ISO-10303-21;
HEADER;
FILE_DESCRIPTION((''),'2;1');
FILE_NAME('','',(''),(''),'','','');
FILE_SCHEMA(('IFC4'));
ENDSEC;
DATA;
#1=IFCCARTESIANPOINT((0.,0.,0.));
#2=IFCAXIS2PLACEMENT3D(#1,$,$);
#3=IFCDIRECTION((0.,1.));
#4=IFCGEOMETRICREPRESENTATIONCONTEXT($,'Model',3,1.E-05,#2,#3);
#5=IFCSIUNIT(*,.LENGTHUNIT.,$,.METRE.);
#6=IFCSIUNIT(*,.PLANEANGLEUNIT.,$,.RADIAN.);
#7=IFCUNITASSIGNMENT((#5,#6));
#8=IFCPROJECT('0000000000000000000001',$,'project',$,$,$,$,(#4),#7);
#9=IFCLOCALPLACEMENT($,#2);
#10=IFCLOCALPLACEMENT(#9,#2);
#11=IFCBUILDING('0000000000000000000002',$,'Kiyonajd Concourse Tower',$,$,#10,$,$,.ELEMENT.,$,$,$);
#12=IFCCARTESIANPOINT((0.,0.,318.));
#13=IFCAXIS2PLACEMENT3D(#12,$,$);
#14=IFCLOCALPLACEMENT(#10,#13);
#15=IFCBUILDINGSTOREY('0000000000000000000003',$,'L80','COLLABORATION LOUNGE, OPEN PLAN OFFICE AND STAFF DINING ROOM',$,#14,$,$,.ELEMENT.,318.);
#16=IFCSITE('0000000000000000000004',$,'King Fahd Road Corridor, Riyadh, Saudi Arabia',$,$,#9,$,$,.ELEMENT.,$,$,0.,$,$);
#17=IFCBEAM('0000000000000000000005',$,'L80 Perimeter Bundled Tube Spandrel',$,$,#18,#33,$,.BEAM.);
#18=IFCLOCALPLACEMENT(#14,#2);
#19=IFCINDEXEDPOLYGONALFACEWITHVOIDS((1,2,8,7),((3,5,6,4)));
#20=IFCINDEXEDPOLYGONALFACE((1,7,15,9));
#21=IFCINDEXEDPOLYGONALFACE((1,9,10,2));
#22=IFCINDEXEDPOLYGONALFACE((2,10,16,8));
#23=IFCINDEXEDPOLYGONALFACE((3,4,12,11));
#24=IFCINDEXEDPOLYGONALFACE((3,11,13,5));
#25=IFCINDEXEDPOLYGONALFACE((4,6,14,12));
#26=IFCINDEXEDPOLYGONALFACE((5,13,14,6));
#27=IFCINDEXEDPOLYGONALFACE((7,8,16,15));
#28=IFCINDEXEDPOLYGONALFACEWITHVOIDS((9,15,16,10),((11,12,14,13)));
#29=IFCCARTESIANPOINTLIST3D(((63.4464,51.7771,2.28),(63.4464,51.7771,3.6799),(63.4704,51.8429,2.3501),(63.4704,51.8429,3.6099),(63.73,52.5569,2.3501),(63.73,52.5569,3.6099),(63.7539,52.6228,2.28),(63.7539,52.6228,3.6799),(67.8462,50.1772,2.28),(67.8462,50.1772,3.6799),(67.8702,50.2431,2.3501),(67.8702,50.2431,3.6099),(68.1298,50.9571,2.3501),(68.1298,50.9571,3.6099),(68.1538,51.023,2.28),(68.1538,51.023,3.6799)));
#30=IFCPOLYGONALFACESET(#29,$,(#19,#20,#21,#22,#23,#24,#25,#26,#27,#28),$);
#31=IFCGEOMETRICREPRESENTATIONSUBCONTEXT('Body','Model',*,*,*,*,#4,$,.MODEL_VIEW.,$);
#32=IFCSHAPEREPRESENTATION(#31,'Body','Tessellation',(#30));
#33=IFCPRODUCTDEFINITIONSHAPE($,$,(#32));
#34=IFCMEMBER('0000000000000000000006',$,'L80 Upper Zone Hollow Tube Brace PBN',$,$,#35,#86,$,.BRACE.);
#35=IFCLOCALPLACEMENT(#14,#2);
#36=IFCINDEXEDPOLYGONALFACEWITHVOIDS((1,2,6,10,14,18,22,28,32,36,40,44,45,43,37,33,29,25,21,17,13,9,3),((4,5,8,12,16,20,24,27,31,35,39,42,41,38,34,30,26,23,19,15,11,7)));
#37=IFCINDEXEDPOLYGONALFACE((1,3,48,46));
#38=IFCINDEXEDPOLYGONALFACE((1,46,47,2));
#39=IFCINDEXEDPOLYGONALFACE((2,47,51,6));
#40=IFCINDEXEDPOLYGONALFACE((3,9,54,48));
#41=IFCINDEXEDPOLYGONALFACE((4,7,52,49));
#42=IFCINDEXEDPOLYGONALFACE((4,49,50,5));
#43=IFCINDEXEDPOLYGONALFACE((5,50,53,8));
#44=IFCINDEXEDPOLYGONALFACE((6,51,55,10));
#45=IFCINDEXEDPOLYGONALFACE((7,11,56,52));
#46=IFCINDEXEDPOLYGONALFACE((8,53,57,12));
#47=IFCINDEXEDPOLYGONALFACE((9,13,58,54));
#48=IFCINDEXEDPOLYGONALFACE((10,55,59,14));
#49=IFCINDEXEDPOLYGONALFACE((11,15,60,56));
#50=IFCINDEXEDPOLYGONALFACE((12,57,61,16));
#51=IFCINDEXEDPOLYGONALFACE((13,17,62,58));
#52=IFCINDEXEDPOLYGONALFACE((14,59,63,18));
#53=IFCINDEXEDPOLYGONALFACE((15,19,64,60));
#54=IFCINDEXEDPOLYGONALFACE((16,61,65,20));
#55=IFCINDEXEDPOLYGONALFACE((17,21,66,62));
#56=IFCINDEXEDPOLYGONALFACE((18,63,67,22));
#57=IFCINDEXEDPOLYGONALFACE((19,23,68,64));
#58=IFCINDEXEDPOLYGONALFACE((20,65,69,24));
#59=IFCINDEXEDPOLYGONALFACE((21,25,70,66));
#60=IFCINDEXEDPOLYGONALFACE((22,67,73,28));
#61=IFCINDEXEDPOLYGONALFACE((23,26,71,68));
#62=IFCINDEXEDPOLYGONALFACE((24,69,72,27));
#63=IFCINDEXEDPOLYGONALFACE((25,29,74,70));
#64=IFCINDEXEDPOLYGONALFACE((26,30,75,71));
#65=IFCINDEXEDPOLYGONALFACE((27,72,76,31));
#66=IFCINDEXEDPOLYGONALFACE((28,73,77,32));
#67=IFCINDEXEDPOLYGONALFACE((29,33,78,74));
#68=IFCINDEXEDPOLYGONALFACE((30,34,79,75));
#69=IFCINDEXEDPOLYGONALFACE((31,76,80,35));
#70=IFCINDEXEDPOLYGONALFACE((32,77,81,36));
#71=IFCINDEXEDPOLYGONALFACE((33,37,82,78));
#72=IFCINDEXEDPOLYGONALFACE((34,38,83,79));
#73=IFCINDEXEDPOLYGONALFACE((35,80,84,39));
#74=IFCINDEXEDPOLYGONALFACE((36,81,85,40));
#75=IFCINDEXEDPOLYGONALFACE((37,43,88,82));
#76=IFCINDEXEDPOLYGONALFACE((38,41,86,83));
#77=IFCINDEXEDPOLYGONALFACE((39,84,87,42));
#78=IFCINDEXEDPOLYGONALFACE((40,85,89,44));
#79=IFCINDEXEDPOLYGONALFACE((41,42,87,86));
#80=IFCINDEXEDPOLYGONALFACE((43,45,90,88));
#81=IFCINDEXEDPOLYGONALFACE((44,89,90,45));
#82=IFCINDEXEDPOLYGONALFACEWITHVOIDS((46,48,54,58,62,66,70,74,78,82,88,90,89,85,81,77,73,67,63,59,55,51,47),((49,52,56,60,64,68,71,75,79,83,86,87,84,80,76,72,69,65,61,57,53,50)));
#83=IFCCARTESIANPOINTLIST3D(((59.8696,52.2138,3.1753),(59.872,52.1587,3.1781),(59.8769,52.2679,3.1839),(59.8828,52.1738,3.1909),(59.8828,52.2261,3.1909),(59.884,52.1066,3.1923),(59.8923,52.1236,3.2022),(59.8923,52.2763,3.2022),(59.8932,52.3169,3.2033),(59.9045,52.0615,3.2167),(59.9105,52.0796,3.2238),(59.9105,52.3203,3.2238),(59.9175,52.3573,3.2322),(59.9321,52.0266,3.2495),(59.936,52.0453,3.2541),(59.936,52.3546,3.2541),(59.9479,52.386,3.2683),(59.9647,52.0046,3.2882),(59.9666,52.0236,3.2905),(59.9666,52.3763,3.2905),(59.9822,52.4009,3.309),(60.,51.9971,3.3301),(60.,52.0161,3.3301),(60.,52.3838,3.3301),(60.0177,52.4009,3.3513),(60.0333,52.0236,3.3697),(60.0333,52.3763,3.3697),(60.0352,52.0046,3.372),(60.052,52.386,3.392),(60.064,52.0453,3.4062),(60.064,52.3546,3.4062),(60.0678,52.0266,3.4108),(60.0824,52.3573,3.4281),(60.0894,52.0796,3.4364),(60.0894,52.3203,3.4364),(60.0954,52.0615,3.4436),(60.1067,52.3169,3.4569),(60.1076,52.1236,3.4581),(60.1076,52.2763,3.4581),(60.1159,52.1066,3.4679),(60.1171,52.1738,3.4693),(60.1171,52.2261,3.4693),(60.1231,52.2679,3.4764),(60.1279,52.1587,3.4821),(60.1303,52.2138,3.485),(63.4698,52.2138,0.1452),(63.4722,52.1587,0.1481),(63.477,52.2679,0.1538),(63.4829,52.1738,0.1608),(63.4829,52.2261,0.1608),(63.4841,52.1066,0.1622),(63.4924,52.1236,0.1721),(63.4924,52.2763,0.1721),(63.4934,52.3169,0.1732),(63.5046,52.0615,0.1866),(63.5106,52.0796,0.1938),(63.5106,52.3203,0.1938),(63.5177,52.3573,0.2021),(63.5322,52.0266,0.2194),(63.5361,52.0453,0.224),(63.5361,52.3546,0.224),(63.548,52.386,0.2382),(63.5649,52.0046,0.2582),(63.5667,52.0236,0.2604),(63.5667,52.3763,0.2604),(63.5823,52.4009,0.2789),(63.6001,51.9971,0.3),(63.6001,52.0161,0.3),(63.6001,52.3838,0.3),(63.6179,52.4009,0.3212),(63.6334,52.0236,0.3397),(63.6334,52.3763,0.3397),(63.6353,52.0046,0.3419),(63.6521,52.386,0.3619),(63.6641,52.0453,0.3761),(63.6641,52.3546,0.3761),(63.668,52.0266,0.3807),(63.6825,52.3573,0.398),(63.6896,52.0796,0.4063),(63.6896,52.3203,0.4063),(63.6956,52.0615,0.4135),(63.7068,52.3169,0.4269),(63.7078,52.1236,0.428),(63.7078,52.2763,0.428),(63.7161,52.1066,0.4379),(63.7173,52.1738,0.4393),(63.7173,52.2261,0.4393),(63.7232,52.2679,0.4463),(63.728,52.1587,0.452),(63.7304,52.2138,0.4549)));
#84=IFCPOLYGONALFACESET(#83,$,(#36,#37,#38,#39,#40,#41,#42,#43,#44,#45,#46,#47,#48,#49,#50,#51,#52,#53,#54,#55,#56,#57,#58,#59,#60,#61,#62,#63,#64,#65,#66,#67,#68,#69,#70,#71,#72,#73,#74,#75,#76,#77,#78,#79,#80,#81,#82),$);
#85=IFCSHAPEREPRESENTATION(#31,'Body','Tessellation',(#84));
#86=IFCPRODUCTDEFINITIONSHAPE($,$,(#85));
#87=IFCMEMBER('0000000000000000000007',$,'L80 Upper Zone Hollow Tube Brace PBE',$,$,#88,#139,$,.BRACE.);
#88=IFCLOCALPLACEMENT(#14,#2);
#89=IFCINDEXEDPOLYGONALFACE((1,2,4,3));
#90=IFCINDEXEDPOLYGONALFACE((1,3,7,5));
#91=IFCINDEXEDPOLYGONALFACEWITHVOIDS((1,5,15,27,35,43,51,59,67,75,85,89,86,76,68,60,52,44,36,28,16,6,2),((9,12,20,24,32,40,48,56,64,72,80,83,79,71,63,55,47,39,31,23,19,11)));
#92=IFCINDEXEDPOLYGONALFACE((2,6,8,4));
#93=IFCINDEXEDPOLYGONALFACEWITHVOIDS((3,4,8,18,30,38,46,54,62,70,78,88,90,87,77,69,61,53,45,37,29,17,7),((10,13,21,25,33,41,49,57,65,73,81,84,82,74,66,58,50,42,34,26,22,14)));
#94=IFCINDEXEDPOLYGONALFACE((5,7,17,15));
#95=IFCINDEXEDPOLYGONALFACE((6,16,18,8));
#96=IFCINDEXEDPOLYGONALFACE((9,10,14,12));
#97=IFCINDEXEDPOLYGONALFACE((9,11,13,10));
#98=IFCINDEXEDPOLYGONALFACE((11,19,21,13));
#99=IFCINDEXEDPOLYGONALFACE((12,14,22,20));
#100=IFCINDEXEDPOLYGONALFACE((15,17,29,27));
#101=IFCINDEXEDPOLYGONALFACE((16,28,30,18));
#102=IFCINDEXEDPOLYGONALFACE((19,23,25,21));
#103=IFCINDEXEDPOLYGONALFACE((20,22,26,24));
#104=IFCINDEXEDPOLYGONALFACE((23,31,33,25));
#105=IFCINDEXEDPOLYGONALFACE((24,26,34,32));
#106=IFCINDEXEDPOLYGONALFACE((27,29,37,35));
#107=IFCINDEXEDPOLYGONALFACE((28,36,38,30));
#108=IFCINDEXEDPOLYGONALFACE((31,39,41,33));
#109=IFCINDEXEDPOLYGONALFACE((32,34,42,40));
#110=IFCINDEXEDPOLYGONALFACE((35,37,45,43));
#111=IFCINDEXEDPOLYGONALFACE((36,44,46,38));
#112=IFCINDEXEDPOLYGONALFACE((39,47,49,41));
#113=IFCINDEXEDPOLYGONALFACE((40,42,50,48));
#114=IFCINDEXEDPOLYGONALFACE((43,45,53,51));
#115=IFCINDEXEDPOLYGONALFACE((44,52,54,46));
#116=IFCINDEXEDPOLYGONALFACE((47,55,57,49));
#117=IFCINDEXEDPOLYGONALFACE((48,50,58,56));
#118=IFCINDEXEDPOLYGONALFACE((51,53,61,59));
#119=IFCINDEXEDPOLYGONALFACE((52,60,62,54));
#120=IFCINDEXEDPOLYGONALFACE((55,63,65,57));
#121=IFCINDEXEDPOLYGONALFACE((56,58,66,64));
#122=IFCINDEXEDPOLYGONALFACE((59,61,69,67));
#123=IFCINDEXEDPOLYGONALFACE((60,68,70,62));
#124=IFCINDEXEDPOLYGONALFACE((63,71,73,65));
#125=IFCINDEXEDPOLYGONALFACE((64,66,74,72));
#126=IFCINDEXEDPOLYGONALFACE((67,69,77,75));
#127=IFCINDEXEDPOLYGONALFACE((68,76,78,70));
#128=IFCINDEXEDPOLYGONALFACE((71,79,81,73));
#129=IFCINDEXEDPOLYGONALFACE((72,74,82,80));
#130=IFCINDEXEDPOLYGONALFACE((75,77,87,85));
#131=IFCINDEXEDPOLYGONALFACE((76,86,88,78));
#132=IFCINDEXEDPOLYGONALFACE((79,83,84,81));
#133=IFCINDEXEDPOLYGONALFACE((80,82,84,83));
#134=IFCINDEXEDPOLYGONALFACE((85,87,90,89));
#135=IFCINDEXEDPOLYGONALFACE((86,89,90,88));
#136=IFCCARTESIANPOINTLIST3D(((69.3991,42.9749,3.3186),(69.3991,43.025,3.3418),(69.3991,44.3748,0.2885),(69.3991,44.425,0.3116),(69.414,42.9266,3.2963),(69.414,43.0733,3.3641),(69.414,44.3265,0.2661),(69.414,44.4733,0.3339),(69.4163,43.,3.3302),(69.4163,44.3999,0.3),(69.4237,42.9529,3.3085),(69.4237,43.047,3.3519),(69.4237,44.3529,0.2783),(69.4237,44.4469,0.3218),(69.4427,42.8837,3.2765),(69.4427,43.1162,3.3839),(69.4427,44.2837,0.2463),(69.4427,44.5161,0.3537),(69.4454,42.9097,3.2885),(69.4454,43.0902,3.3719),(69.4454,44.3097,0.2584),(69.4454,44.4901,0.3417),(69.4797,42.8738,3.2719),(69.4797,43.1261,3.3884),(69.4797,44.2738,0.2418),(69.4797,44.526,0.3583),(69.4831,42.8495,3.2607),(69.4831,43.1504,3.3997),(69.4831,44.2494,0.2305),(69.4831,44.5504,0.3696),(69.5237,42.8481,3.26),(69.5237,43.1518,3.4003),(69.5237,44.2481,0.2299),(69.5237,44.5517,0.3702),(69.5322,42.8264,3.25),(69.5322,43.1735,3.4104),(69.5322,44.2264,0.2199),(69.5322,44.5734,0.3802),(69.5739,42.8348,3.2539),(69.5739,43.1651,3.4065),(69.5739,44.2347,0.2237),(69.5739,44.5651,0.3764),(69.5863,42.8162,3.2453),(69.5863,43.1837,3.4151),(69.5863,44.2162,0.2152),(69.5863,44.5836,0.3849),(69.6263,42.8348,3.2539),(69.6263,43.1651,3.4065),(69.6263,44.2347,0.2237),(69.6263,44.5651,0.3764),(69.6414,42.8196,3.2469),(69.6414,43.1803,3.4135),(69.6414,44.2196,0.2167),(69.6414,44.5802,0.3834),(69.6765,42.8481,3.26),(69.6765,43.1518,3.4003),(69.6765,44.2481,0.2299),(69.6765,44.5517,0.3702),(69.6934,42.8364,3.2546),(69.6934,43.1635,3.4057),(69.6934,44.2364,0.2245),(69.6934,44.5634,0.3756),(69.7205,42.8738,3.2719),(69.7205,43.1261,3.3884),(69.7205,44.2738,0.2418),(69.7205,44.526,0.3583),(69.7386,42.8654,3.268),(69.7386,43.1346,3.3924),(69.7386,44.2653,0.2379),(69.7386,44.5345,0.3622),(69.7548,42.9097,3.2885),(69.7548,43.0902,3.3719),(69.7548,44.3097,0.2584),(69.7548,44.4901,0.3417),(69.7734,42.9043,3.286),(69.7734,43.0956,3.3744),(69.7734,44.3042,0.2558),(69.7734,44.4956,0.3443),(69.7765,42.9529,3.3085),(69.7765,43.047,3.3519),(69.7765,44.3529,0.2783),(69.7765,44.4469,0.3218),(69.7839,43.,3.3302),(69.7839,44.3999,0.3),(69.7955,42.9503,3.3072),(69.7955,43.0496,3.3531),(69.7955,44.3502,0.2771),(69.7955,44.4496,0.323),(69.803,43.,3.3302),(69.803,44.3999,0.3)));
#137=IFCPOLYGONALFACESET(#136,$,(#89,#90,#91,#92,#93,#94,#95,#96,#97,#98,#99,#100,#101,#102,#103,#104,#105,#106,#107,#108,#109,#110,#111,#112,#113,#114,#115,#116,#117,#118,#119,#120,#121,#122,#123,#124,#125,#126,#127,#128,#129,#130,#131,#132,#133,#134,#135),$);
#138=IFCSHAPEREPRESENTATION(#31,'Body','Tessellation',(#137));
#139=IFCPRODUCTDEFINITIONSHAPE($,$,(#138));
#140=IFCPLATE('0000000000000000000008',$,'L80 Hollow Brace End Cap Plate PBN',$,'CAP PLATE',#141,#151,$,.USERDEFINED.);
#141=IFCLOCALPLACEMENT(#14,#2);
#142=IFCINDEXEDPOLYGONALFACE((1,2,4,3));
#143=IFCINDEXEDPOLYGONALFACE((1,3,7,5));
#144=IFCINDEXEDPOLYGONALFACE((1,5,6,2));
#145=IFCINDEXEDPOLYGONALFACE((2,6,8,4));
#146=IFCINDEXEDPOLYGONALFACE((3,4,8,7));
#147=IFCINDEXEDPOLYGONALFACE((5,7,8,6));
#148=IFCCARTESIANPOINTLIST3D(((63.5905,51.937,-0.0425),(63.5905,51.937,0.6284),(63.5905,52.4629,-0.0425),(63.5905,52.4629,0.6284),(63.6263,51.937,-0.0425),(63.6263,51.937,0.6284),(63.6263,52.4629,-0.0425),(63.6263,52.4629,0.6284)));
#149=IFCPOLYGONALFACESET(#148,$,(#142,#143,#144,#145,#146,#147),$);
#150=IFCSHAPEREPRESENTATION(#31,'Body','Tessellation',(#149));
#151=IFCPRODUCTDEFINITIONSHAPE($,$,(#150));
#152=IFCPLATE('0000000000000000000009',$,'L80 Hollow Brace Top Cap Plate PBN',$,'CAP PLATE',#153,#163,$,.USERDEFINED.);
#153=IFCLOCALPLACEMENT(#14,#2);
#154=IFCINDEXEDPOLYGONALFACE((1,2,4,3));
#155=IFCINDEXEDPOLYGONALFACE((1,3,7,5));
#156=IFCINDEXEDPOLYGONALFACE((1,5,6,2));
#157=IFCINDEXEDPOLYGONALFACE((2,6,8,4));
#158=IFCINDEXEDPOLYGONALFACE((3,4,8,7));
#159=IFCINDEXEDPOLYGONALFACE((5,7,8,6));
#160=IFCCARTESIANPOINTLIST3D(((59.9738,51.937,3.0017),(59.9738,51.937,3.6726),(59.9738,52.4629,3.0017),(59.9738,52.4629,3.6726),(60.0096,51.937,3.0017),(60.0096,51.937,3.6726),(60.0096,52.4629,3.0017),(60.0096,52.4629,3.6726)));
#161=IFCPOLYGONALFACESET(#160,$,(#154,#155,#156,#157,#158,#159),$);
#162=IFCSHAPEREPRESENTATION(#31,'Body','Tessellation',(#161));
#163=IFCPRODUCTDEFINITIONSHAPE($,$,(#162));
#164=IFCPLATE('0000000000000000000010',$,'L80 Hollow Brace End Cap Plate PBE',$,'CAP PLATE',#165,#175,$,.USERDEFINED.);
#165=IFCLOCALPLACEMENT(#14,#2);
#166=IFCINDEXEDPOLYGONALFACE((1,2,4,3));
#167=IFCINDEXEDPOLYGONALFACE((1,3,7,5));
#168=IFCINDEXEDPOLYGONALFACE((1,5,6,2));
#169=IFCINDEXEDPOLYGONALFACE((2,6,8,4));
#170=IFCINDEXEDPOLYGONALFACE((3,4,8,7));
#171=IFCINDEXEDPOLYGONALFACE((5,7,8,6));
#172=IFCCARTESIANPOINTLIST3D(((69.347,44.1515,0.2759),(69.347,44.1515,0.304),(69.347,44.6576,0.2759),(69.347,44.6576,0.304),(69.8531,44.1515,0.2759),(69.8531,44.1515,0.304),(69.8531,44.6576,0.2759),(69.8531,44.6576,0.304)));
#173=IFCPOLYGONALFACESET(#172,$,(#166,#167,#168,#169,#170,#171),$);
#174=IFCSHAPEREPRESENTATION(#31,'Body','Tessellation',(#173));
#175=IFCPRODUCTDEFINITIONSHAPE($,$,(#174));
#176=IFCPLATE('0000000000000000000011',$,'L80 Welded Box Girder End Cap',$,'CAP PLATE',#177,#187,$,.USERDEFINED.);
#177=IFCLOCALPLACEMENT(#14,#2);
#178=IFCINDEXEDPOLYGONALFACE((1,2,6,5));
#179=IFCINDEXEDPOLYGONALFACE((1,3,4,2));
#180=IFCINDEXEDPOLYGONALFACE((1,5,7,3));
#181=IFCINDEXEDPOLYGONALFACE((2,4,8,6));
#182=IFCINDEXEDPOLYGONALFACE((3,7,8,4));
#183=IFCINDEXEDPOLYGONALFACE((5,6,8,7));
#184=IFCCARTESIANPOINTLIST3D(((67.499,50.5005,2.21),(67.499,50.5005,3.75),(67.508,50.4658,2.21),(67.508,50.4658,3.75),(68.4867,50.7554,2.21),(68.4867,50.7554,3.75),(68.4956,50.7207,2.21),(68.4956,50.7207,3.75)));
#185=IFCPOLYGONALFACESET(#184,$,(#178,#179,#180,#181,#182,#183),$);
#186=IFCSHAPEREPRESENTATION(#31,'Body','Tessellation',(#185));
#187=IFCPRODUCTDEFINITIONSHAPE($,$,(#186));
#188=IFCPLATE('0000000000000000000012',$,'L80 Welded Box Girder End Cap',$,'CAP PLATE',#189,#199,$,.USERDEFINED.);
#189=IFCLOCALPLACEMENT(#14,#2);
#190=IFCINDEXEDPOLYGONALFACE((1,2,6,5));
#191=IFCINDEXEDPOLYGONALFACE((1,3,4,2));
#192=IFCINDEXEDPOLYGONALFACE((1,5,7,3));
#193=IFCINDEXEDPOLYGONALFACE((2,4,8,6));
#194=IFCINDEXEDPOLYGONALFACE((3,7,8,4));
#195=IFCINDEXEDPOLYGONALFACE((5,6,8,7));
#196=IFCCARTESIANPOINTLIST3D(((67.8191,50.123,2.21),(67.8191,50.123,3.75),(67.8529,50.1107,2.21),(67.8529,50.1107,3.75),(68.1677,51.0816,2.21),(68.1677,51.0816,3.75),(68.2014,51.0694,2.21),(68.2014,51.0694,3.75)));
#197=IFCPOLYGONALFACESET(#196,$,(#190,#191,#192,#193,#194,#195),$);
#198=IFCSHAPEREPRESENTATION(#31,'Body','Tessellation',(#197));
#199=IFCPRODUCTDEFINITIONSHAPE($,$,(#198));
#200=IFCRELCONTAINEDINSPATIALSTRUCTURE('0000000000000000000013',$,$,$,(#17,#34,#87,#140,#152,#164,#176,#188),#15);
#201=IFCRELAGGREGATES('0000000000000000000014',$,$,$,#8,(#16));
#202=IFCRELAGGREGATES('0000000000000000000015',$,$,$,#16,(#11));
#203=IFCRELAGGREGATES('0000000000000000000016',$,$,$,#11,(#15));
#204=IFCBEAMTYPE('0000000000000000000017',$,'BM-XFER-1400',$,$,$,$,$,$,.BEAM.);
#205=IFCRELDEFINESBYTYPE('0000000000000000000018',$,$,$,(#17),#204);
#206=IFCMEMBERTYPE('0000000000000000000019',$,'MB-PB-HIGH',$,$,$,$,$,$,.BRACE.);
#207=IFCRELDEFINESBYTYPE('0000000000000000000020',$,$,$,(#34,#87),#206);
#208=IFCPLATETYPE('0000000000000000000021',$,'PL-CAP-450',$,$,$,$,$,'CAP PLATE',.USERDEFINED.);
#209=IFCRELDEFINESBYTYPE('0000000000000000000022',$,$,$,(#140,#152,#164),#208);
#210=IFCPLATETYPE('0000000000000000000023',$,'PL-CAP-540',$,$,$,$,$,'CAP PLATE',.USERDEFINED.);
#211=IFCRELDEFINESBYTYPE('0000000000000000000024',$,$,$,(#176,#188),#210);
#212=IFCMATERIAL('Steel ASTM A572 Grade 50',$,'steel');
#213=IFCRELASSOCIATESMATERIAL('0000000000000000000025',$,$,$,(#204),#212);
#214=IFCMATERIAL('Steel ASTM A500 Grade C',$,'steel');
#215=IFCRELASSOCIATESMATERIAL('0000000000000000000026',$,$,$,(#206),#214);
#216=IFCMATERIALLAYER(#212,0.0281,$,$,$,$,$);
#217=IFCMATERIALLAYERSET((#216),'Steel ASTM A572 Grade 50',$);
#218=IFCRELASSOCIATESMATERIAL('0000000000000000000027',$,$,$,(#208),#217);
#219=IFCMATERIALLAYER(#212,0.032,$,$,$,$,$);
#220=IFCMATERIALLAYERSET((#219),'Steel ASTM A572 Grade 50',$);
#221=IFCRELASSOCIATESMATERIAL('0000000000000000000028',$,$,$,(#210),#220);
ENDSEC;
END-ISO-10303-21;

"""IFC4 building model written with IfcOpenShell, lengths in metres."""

from ifc_helpers import new_model, si_unit, direction, frame, origin, origin_2d, place, context, subcontext, project, spatial, rectangle, hollow_rectangle, hollow_circle, extrude, material, layer, layer_set, material_profile, profile_set, type_object, element, save


model = new_model("IFC4")

# Units and contexts
model_context = context("Model", 3, precision=1e-05, world=origin(), true_north=direction((0.0, 1.0)))
body_context = subcontext(model_context, "Body", "Model", "MODEL_VIEW")
ifc_project = project(units=[si_unit("LENGTHUNIT", "METRE"), si_unit("PLANEANGLEUNIT", "RADIAN")], contexts=[model_context])

# Site, building, storey
site_placement = place(None, origin())
site = spatial("IfcSite", under=ifc_project, at=site_placement, Name="King Fahd Road Corridor, Riyadh, Saudi Arabia", CompositionType="ELEMENT", RefElevation=0.0)
building_placement = place(site_placement, origin())
building = spatial("IfcBuilding", under=site, at=building_placement, Name="Kiyonajd Concourse Tower", CompositionType="ELEMENT")
storey_placement = place(building_placement, frame((0.0, 0.0, 318.0)))
storey = spatial("IfcBuildingStorey", under=building, at=storey_placement, Name="L80", Description="COLLABORATION LOUNGE, OPEN PLAN OFFICE AND STAFF DINING ROOM", CompositionType="ELEMENT", Elevation=318.0)

# Beam
ifc_material_1 = material(Name="Steel ASTM A572 Grade 50", Category="steel")
ifc_material_profile_1 = material_profile(ifc_material_1, hollow_rectangle(XDim=0.8999, YDim=1.3999, WallThickness=0.0701, at=origin_2d()), Name="BOX-1400x900x70")
ifc_profile_set_1 = profile_set([ifc_material_profile_1], Name="Steel ASTM A572 Grade 50")
beam_type_1 = type_object("IfcBeamType", Name="BM-XFER-1400", PredefinedType="BEAM", material=ifc_profile_set_1)
beam_1_placement = place(storey_placement, frame((68.0, 50.6001, 2.98), z_axis=(-0.939801, 0.341722, 0.0), x_axis=(-0.341722, -0.939801, 0.0)))
element("IfcBeam", 1, at=beam_1_placement, inside=storey, type_object=beam_type_1, Name="L80 Perimeter Bundled Tube Spandrel", PredefinedType="BEAM", context=body_context, shape_type="SweptSolid", body=[
    extrude(hollow_rectangle(XDim=0.8999, YDim=1.3999, WallThickness=0.0701, at=origin_2d()), origin(), (0.0, 0.0, 1.0), 4.6816),
])

# Members
ifc_material_2 = material(Name="Steel ASTM A500 Grade C", Category="steel")
ifc_material_profile_2 = material_profile(ifc_material_2, hollow_circle(Radius=0.2029, WallThickness=0.019, at=origin_2d()), Name="CHS-406x19")
ifc_profile_set_2 = profile_set([ifc_material_profile_2], Name="Steel ASTM A500 Grade C")
member_type = type_object("IfcMemberType", Name="MB-PB-HIGH", PredefinedType="BRACE", material=ifc_profile_set_2)
member_1_placement = place(storey_placement, frame((63.6001, 52.2, 0.3), z_axis=(-0.765082, 0.0, 0.643933), x_axis=(0.0, -1.0, 0.0)))
element("IfcMember", 2, at=member_1_placement, inside=storey, type_object=member_type, Name="L80 Upper Zone Hollow Tube Brace PBN", PredefinedType="BRACE", context=body_context, shape_type="SweptSolid", body=[
    extrude(hollow_circle(Radius=0.2029, WallThickness=0.019, at=origin_2d()), origin(), (0.0, 0.0, 1.0), 4.7056),
])
member_2_placement = place(storey_placement, frame((69.6001, 44.3999, 0.3), z_axis=(0.0, -0.419411, 0.907797), x_axis=(1.0, 0.0, 0.0)))
element("IfcMember", 3, at=member_2_placement, inside=storey, type_object=member_type, Name="L80 Upper Zone Hollow Tube Brace PBE", PredefinedType="BRACE", context=body_context, shape_type="SweptSolid", body=[
    extrude(hollow_circle(Radius=0.2029, WallThickness=0.019, at=origin_2d()), origin(), (0.0, 0.0, 1.0), 3.3379),
])

# Plates
ifc_layer_1 = layer(ifc_material_1, 0.0281)
ifc_layer_set_1 = layer_set([ifc_layer_1], Name="Steel ASTM A572 Grade 50")
plate_type_1 = type_object("IfcPlateType", Name="PL-CAP-450", ElementType="CAP PLATE", PredefinedType="USERDEFINED", material=ifc_layer_set_1)
for number, where, z_axis, x_axis, name in (
    (4, (63.6084, 52.2, -0.0425), (0.0, 0.0, 1.0), (1.0, 0.0, 0.0), "L80 Hollow Brace End Cap Plate PBN"),
    (5, (59.9917, 52.2, 3.0017), (0.0, 0.0, 1.0), (-1.0, 0.0, 0.0), "L80 Hollow Brace Top Cap Plate PBN"),
):
    element("IfcPlate", number, at=place(storey_placement, frame(where, z_axis=z_axis, x_axis=x_axis)), inside=storey, type_object=plate_type_1, Name=name, ObjectType="CAP PLATE", PredefinedType="USERDEFINED", context=body_context, shape_type="SweptSolid", body=[
        extrude(rectangle(XDim=0.0359, YDim=0.5259, at=origin_2d()), origin(), (0.0, 0.0, 1.0), 0.6709),
    ])
plate_placement = place(storey_placement, frame((69.6001, 44.4045, 0.2759), z_axis=(0.0, 0.0, 1.0), x_axis=(1.0, 0.0, 0.0)))
element("IfcPlate", 6, at=plate_placement, inside=storey, type_object=plate_type_1, Name="L80 Hollow Brace End Cap Plate PBE", ObjectType="CAP PLATE", PredefinedType="USERDEFINED", context=body_context, shape_type="SweptSolid", body=[
    extrude(rectangle(XDim=0.5061, YDim=0.5061, at=origin_2d()), origin(), (0.0, 0.0, 1.0), 0.0281),
])
ifc_layer_2 = layer(ifc_material_1, 0.032)
ifc_layer_set_2 = layer_set([ifc_layer_2], Name="Steel ASTM A572 Grade 50")
plate_type_2 = type_object("IfcPlateType", Name="PL-CAP-540", ElementType="CAP PLATE", PredefinedType="USERDEFINED", material=ifc_layer_set_2)
for number, where, z_axis, x_axis, name in (
    (7, (67.9973, 50.6106, 2.21), (0.0, 0.0, 1.0), (-0.249873, 0.968279, 0.0), "L80 Welded Box Girder End Cap"),
    (8, (68.0103, 50.5962, 2.21), (0.0, 0.0, 1.0), (0.939812, -0.341692, 0.0), "L80 Welded Box Girder End Cap"),
):
    element("IfcPlate", number, at=place(storey_placement, frame(where, z_axis=z_axis, x_axis=x_axis)), inside=storey, type_object=plate_type_2, Name=name, ObjectType="CAP PLATE", PredefinedType="USERDEFINED", context=body_context, shape_type="SweptSolid", body=[
        extrude(rectangle(XDim=0.0359, YDim=1.02, at=origin_2d()), origin(), (0.0, 0.0, 1.0), 1.54),
    ])

save(model, "model.ifc")
